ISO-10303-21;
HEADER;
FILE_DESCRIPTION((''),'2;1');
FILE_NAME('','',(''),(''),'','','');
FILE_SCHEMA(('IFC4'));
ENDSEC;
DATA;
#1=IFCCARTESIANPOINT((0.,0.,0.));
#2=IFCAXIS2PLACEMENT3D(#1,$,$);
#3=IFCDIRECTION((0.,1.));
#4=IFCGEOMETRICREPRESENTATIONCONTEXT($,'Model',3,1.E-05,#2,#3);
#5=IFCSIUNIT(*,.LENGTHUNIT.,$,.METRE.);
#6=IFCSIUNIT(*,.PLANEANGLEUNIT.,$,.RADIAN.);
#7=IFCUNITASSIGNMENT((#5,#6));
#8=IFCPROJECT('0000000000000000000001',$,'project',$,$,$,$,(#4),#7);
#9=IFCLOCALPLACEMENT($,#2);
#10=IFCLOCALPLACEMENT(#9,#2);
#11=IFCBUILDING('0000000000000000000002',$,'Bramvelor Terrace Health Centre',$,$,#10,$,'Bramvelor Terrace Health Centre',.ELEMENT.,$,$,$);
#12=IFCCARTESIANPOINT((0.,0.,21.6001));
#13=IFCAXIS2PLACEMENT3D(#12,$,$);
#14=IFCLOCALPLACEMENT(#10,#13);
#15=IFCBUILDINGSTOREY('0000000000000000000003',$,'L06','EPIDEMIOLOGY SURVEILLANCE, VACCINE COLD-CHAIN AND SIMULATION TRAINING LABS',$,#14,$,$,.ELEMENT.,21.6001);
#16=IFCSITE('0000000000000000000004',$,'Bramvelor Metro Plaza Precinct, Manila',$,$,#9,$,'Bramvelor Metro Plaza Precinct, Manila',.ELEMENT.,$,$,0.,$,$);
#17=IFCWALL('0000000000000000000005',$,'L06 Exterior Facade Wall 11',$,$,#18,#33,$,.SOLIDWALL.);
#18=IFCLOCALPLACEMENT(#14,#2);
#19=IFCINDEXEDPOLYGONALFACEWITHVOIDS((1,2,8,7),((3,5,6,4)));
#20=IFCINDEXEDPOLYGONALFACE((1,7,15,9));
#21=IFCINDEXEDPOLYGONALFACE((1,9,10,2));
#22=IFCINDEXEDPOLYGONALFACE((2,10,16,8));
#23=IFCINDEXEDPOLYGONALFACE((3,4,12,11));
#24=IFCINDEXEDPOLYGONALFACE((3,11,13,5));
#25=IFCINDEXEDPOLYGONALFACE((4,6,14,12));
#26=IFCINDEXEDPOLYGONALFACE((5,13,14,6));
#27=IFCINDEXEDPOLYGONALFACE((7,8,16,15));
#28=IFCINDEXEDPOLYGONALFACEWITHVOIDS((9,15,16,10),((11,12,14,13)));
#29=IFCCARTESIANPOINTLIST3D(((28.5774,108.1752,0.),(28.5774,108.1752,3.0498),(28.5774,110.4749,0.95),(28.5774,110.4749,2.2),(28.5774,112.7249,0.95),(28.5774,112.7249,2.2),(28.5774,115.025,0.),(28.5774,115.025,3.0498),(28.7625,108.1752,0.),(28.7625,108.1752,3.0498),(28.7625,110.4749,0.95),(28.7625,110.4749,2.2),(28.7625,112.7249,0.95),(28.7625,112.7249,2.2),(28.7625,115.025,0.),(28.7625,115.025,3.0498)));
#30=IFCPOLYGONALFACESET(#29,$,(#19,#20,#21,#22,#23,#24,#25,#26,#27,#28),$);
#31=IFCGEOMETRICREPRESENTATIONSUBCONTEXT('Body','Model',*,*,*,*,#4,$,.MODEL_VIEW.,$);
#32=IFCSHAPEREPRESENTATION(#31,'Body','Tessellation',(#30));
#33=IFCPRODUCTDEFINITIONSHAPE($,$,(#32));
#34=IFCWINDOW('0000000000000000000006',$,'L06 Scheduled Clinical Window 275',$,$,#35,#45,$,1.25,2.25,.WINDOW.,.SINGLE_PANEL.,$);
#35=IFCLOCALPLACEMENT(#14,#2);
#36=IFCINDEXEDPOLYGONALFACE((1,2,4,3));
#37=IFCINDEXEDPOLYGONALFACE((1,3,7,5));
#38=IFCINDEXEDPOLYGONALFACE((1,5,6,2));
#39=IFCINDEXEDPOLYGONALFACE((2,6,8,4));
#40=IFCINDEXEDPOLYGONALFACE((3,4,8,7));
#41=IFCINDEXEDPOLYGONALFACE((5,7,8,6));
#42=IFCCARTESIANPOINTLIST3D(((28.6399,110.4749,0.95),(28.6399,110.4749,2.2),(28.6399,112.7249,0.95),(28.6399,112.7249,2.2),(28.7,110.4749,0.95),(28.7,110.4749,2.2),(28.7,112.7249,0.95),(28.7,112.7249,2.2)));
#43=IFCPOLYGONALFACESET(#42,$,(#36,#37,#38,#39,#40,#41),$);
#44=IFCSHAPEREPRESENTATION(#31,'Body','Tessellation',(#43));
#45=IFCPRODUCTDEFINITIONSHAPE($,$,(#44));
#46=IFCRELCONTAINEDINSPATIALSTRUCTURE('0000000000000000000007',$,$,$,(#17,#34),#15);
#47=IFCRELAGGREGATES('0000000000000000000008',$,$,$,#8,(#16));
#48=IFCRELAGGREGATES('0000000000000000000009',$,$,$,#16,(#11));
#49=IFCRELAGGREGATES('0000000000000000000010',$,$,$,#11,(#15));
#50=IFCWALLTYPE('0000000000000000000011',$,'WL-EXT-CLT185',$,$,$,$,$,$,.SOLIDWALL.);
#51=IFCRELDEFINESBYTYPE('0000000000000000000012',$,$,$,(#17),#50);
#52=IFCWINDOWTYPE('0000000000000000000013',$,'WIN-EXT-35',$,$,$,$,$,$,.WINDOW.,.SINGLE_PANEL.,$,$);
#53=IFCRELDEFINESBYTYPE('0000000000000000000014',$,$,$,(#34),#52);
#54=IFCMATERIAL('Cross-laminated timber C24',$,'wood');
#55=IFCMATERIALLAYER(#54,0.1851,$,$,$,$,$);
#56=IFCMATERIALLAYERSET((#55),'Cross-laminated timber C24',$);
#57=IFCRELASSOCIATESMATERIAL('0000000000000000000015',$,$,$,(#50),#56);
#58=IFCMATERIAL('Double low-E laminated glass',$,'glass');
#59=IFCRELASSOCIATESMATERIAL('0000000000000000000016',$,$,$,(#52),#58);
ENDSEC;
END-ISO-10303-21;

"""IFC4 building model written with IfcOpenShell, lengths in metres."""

from ifc_helpers import new_model, si_unit, direction, frame, frame_2d, origin, place, context, subcontext, project, spatial, rectangle, extrude, material, layer, layer_set, type_object, element, fill, save


model = new_model("IFC4")

# Units and contexts
model_context = context("Model", 3, precision=1e-05, world=origin(), true_north=direction((0.0, 1.0)))
body_context = subcontext(model_context, "Body", "Model", "MODEL_VIEW")
ifc_project = project(units=[si_unit("LENGTHUNIT", "METRE"), si_unit("PLANEANGLEUNIT", "RADIAN")], contexts=[model_context])

# Site, building, storey
site_placement = place(None, origin())
site = spatial("IfcSite", under=ifc_project, at=site_placement, Name="Bramvelor Metro Plaza Precinct, Manila", LongName="Bramvelor Metro Plaza Precinct, Manila", CompositionType="ELEMENT", RefElevation=0.0)
building_placement = place(site_placement, origin())
building = spatial("IfcBuilding", under=site, at=building_placement, Name="Bramvelor Terrace Health Centre", LongName="Bramvelor Terrace Health Centre", CompositionType="ELEMENT")
storey_placement = place(building_placement, frame((0.0, 0.0, 21.6001)))
storey = spatial("IfcBuildingStorey", under=building, at=storey_placement, Name="L06", Description="EPIDEMIOLOGY SURVEILLANCE, VACCINE COLD-CHAIN AND SIMULATION TRAINING LABS", CompositionType="ELEMENT", Elevation=21.6001)

# Wall, opening, window
ifc_material_1 = material(Name="Cross-laminated timber C24", Category="wood")
ifc_layer_1 = layer(ifc_material_1, 0.1851)
ifc_layer_set_1 = layer_set([ifc_layer_1], Name="Cross-laminated timber C24")
wall_type_1 = type_object("IfcWallType", Name="WL-EXT-CLT185", PredefinedType="SOLIDWALL", material=ifc_layer_set_1)
wall_1_placement = place(storey_placement, frame((28.6699, 115.0249, 0.0), z_axis=(0.0, 0.0, 1.0), x_axis=(0.0, -1.0, 0.0)))
wall_1 = element("IfcWall", 1, at=wall_1_placement, inside=storey, type_object=wall_type_1, Name="L06 Exterior Facade Wall 11", PredefinedType="SOLIDWALL", context=body_context, shape_type="SweptSolid", body=[
    extrude(rectangle(XDim=6.8499, YDim=0.1851, at=frame_2d((3.4248, 0.0))), origin(), (0.0, 0.0, 1.0), 3.0498),
])
opening_1_placement = place(wall_1_placement, frame((2.3, 0.0, 0.95)))
opening_1 = element("IfcOpeningElement", 2, at=opening_1_placement, cuts=wall_1, PredefinedType="OPENING", context=body_context, shape_type="SweptSolid", body=[
    extrude(rectangle(XDim=2.25, YDim=1.25, at=frame_2d((1.125, 0.625))), frame((0.0, 0.1025, 0.0), z_axis=(0.0, -1.0, 0.0), x_axis=(1.0, 0.0, 0.0)), (0.0, 0.0, 1.0), 0.2051),
])
ifc_material_2 = material(Name="Double low-E laminated glass", Category="glass")
window_type_1 = type_object("IfcWindowType", Name="WIN-EXT-35", PartitioningType="SINGLE_PANEL", PredefinedType="WINDOW", material=ifc_material_2)
window_1_placement = place(opening_1_placement, origin())
window_1 = element("IfcWindow", 3, at=window_1_placement, inside=storey, type_object=window_type_1, Name="L06 Scheduled Clinical Window 275", OverallHeight=1.25, OverallWidth=2.25, PartitioningType="SINGLE_PANEL", PredefinedType="WINDOW", context=body_context, shape_type="SweptSolid", body=[
    extrude(rectangle(XDim=2.25, YDim=1.25, at=frame_2d((1.125, 0.625))), frame((0.0, 0.03, 0.0), z_axis=(0.0, -1.0, 0.0), x_axis=(1.0, 0.0, 0.0)), (0.0, 0.0, 1.0), 0.0601),
])
fill(opening_1, window_1)

save(model, "model.ifc")
